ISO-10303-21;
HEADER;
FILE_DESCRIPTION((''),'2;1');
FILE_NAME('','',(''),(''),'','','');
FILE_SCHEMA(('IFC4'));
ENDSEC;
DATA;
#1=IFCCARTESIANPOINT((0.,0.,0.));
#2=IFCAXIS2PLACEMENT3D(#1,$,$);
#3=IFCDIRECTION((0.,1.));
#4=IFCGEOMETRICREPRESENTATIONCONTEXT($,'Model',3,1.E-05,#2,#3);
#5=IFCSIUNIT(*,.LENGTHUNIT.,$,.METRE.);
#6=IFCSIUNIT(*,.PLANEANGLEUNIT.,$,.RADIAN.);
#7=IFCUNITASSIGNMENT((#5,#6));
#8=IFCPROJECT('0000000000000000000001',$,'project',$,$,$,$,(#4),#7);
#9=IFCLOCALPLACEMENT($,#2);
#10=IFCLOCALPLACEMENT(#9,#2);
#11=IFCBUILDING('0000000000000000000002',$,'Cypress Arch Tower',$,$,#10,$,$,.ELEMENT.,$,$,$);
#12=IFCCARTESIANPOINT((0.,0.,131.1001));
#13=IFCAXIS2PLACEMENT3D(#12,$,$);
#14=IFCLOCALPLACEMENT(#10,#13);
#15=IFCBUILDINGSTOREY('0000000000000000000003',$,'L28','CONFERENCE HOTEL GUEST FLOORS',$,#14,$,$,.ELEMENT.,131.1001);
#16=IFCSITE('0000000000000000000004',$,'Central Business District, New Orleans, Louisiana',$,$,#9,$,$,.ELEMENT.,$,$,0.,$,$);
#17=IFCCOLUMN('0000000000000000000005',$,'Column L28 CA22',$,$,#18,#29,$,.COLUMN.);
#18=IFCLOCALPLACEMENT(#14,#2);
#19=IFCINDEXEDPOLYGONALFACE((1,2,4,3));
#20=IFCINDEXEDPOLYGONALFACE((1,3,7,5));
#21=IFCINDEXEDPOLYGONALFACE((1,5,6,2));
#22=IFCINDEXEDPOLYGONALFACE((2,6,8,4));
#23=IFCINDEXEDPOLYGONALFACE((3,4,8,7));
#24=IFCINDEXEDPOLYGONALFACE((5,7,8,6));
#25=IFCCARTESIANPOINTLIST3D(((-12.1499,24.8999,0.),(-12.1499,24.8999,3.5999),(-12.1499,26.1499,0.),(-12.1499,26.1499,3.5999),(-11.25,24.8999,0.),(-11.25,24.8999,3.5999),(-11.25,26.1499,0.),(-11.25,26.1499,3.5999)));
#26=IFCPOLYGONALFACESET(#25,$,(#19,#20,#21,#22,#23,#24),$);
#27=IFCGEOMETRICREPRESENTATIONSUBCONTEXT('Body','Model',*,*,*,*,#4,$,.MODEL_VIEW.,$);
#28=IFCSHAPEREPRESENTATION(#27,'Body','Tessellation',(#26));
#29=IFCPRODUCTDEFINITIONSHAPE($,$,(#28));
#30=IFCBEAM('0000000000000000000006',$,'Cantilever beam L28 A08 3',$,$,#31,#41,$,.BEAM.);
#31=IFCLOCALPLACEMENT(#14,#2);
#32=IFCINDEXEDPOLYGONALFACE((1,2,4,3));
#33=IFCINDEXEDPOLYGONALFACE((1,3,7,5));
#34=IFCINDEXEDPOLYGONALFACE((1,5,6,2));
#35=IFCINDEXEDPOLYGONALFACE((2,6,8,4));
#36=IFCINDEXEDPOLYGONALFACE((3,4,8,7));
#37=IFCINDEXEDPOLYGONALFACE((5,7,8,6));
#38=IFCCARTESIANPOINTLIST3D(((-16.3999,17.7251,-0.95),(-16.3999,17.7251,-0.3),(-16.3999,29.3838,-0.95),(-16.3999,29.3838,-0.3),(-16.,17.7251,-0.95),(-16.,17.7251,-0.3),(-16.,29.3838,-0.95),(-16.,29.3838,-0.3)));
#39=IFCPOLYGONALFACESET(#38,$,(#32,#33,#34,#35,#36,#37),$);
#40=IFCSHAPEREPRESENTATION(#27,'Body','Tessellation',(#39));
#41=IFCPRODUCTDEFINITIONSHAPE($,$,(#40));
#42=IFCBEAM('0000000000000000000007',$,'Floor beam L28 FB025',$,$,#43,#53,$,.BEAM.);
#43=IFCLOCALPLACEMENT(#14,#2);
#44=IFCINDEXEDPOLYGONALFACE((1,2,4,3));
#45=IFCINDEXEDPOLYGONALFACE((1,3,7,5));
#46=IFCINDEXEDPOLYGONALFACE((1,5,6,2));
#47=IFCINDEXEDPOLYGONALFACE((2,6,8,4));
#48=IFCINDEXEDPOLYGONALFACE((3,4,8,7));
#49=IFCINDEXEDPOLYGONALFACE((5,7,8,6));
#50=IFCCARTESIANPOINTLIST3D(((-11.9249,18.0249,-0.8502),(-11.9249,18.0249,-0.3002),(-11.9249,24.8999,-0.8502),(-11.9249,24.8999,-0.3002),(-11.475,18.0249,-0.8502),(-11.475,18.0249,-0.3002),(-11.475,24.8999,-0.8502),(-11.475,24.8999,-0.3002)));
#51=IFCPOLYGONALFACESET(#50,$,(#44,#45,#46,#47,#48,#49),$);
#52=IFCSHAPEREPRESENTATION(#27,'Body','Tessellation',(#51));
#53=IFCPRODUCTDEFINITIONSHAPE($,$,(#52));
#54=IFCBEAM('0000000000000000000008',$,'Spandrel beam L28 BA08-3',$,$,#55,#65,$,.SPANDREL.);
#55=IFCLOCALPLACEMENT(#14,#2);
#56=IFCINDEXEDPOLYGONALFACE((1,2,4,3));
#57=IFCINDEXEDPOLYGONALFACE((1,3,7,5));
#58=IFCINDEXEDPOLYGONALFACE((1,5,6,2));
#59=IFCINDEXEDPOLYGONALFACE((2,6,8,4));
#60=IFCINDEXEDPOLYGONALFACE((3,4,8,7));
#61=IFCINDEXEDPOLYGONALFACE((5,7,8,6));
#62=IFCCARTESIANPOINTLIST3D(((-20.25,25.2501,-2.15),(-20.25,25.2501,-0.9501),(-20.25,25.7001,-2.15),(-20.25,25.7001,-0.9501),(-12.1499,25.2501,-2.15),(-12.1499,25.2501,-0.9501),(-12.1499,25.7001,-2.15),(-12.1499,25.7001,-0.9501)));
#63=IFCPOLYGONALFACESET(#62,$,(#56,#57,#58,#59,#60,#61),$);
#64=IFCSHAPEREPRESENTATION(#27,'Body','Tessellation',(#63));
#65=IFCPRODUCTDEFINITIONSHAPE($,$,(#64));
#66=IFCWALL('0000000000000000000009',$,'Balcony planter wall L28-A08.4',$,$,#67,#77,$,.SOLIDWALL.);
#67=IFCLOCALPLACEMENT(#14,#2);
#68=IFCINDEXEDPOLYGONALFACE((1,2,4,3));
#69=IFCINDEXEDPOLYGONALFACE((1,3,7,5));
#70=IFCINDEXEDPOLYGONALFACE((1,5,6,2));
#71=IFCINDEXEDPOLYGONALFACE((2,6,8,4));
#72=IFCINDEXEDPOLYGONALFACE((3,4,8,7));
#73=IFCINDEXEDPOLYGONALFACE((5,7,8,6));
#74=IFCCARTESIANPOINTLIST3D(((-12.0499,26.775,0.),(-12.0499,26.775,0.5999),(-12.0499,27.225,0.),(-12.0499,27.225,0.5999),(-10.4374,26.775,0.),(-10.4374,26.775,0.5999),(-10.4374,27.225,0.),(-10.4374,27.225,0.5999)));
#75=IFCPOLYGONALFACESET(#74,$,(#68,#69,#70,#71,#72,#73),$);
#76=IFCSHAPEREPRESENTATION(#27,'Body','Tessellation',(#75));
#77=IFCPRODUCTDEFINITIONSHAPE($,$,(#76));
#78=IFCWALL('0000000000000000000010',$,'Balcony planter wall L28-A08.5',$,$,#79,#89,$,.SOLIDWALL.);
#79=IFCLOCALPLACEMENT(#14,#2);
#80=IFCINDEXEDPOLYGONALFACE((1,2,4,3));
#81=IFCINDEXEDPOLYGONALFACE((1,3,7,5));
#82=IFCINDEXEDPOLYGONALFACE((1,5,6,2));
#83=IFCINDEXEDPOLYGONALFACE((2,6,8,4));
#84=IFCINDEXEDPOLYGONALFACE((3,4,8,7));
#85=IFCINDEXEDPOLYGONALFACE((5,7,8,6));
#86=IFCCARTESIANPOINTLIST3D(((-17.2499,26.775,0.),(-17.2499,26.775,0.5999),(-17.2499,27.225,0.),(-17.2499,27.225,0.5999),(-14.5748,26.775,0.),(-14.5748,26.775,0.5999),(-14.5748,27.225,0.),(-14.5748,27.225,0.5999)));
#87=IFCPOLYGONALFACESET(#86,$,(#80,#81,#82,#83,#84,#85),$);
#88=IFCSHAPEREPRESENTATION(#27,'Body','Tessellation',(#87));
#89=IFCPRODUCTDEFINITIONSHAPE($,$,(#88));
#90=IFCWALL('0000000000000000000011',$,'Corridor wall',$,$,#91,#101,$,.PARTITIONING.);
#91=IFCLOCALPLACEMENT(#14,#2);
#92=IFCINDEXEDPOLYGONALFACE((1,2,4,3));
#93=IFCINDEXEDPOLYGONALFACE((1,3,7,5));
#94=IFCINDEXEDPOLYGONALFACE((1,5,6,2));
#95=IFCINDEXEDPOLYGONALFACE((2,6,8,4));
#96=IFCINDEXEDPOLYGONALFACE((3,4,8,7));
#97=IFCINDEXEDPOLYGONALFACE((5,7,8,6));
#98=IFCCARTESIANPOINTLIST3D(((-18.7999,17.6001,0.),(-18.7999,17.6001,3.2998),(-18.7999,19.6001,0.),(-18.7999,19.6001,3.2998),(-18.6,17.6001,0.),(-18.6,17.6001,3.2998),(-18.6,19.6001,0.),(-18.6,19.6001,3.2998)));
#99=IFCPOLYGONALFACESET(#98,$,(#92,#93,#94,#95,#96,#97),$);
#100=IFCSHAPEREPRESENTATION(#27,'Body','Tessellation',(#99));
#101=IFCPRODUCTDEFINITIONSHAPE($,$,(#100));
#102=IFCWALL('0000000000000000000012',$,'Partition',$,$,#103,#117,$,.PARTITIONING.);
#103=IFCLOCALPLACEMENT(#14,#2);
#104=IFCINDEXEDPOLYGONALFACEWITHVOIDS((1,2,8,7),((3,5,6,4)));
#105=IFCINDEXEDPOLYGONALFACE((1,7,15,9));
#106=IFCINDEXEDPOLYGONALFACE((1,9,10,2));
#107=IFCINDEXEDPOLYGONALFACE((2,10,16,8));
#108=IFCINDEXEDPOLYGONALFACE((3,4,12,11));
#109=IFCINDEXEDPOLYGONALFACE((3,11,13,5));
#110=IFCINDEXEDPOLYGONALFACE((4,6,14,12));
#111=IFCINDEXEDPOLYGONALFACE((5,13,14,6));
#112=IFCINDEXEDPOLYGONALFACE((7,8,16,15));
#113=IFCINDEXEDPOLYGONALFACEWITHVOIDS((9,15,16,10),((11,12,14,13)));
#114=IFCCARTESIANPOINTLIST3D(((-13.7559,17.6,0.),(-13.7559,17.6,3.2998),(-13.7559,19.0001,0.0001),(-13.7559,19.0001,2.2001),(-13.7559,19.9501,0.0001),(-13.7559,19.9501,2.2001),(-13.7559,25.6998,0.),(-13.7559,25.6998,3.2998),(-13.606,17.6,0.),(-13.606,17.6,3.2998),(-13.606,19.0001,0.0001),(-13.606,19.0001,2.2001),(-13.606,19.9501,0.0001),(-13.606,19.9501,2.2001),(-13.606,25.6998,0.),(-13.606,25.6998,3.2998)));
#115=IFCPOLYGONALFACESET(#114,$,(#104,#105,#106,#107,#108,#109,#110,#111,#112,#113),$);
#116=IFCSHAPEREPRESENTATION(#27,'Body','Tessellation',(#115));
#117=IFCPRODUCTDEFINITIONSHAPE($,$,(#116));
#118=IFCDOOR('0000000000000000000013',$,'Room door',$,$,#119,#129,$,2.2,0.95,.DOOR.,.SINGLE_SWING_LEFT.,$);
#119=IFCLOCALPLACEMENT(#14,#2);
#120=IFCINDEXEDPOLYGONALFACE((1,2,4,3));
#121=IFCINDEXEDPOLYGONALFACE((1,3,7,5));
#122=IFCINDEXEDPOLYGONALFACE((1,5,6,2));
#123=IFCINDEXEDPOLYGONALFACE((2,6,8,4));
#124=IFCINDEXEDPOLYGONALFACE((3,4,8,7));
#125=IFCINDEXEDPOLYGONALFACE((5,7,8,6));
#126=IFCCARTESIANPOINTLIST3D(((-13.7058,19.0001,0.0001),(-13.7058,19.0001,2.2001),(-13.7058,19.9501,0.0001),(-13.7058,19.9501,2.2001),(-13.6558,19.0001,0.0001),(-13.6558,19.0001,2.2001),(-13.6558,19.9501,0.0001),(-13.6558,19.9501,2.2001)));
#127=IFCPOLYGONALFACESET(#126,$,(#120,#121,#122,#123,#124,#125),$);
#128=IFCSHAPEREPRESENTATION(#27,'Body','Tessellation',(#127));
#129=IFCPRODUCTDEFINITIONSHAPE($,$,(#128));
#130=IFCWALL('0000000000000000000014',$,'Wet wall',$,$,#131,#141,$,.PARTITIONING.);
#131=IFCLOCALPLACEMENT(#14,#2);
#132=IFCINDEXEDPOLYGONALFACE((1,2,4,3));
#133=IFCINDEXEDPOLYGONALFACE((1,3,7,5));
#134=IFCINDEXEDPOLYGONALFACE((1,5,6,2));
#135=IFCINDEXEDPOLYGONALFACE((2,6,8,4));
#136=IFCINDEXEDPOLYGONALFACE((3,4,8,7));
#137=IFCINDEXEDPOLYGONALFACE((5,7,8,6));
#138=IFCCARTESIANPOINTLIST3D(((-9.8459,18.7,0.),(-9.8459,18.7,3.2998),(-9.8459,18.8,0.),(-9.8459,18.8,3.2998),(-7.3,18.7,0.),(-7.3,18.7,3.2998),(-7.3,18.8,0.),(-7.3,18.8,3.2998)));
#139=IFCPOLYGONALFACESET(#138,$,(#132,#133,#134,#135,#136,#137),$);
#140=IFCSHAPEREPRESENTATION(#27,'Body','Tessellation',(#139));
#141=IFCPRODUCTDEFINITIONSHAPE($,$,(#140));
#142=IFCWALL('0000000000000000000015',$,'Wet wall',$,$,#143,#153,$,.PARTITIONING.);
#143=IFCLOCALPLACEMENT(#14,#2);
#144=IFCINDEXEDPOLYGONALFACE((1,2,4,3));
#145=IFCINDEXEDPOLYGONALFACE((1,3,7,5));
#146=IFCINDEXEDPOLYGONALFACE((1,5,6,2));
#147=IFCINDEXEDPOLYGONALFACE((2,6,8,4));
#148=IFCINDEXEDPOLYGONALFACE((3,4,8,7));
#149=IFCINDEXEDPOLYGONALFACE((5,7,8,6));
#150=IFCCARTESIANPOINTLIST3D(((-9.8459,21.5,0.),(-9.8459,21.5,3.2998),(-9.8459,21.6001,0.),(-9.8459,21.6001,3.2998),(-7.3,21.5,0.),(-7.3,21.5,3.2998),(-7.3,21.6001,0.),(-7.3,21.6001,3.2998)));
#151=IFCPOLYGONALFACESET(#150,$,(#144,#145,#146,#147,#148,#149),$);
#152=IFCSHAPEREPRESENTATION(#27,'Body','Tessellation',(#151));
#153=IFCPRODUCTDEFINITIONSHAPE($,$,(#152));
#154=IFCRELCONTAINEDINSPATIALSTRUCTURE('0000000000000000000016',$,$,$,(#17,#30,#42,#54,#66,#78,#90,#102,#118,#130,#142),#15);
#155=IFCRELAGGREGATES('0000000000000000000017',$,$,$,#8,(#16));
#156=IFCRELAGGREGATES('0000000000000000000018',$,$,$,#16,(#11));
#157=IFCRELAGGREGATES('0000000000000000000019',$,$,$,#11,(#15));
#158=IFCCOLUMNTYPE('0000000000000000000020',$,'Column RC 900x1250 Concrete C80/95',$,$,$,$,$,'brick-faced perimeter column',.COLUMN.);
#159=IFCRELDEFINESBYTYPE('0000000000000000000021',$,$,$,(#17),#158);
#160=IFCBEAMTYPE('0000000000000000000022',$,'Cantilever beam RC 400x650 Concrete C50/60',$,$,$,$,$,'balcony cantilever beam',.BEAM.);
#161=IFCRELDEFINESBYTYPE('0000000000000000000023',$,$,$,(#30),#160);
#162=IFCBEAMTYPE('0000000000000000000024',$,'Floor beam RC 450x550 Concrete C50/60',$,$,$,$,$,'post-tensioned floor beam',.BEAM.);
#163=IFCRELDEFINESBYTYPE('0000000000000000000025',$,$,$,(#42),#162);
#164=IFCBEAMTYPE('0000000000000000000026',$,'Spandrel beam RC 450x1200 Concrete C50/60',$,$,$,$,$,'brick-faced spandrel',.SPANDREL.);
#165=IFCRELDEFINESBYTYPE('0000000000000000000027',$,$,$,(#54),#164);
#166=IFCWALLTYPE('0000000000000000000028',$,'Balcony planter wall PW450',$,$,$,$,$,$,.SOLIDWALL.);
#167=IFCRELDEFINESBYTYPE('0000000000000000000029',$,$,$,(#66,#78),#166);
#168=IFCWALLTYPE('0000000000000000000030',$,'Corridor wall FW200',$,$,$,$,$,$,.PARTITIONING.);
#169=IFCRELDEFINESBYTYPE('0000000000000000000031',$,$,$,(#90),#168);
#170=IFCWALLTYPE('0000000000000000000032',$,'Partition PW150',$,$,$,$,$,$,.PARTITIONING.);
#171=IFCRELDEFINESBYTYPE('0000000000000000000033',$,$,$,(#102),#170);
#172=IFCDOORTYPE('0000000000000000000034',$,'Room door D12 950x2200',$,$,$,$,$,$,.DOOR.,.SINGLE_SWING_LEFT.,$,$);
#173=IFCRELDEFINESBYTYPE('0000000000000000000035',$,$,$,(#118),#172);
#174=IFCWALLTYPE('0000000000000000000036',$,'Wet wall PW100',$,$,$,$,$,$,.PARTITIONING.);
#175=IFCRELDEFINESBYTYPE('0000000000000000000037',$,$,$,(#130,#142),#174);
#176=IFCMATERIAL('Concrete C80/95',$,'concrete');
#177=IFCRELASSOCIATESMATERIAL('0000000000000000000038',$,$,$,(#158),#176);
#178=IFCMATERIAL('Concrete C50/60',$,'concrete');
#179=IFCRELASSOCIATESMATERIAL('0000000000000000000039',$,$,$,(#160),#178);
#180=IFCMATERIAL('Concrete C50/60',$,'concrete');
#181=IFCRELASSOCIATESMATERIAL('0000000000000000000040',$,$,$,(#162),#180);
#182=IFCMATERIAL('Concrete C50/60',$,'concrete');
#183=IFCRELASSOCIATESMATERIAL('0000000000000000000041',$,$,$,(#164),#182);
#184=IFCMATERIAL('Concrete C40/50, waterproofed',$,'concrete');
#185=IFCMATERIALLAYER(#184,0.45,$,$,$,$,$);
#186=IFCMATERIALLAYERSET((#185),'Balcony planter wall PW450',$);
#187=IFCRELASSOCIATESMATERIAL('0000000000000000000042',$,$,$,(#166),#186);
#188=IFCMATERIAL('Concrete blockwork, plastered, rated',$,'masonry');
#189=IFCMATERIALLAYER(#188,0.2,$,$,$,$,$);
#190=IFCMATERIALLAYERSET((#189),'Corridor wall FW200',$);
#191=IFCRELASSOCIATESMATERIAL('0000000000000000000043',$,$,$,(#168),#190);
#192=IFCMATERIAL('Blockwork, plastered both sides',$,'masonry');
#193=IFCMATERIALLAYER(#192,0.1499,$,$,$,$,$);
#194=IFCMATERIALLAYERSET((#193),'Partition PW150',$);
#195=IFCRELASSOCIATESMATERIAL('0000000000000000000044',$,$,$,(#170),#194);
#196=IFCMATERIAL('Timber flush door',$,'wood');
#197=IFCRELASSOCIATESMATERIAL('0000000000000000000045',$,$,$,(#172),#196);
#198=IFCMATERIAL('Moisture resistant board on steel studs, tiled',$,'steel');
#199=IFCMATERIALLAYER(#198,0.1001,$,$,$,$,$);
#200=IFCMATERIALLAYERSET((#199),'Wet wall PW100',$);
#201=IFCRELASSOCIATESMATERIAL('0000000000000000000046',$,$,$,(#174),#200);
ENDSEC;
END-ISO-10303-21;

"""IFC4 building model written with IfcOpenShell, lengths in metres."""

from ifc_helpers import new_model, si_unit, direction, frame, frame_2d, origin, origin_2d, place, context, subcontext, project, spatial, rectangle, extrude, material, layer, layer_set, material_profile, profile_set, type_object, element, fill, save


model = new_model("IFC4")

# Units and contexts
model_context = context("Model", 3, precision=1e-05, world=origin(), true_north=direction((0.0, 1.0)))
body_context = subcontext(model_context, "Body", "Model", "MODEL_VIEW")
ifc_project = project(units=[si_unit("LENGTHUNIT", "METRE"), si_unit("PLANEANGLEUNIT", "RADIAN")], contexts=[model_context])

# Site, building, storey
site_placement = place(None, origin())
site = spatial("IfcSite", under=ifc_project, at=site_placement, Name="Central Business District, New Orleans, Louisiana", CompositionType="ELEMENT", RefElevation=0.0)
building_placement = place(site_placement, origin())
building = spatial("IfcBuilding", under=site, at=building_placement, Name="Cypress Arch Tower", CompositionType="ELEMENT")
storey_placement = place(building_placement, frame((0.0, 0.0, 131.1001)))
storey = spatial("IfcBuildingStorey", under=building, at=storey_placement, Name="L28", Description="CONFERENCE HOTEL GUEST FLOORS", CompositionType="ELEMENT", Elevation=131.1001)

# Column
ifc_material_1 = material(Name="Concrete C80/95", Category="concrete")
ifc_material_profile_1 = material_profile(ifc_material_1, rectangle(XDim=0.8999, YDim=1.25, at=origin_2d()), Name="RC 900x1250")
ifc_profile_set_1 = profile_set([ifc_material_profile_1], Name="Concrete C80/95")
column_type = type_object("IfcColumnType", Name="Column RC 900x1250 Concrete C80/95", ElementType="brick-faced perimeter column", PredefinedType="COLUMN", material=ifc_profile_set_1)
column_placement = place(storey_placement, frame((-11.7, 25.5249, 0.0), z_axis=(0.0, 0.0, 1.0), x_axis=(-1.0, 0.0, 0.0)))
element("IfcColumn", 1, at=column_placement, inside=storey, type_object=column_type, Name="Column L28 CA22", PredefinedType="COLUMN", context=body_context, shape_type="SweptSolid", body=[
    extrude(rectangle(XDim=0.8999, YDim=1.25, at=origin_2d()), origin(), (0.0, 0.0, 1.0), 3.5999),
])

# Beams
ifc_material_2 = material(Name="Concrete C50/60", Category="concrete")
ifc_material_profile_2 = material_profile(ifc_material_2, rectangle(XDim=0.3999, YDim=0.6499, at=origin_2d()), Name="RC 400x650")
ifc_profile_set_2 = profile_set([ifc_material_profile_2], Name="Concrete C50/60")
beam_type_1 = type_object("IfcBeamType", Name="Cantilever beam RC 400x650 Concrete C50/60", ElementType="balcony cantilever beam", PredefinedType="BEAM", material=ifc_profile_set_2)
beam_1_placement = place(storey_placement, frame((-16.2, 17.7251, -0.625), z_axis=(0.0, 1.0, 0.0), x_axis=(-1.0, 0.0, 0.0)))
element("IfcBeam", 2, at=beam_1_placement, inside=storey, type_object=beam_type_1, Name="Cantilever beam L28 A08 3", PredefinedType="BEAM", context=body_context, shape_type="SweptSolid", body=[
    extrude(rectangle(XDim=0.3999, YDim=0.6499, at=origin_2d()), origin(), (0.0, 0.0, 1.0), 11.6587),
])
ifc_material_3 = material(Name="Concrete C50/60", Category="concrete")
ifc_material_profile_3 = material_profile(ifc_material_3, rectangle(XDim=0.45, YDim=0.55, at=origin_2d()), Name="RC 450x550")
ifc_profile_set_3 = profile_set([ifc_material_profile_3], Name="Concrete C50/60")
beam_type_2 = type_object("IfcBeamType", Name="Floor beam RC 450x550 Concrete C50/60", ElementType="post-tensioned floor beam", PredefinedType="BEAM", material=ifc_profile_set_3)
beam_2_placement = place(storey_placement, frame((-11.7, 18.0249, -0.5752), z_axis=(0.0, 1.0, 0.0), x_axis=(-1.0, 0.0, 0.0)))
element("IfcBeam", 3, at=beam_2_placement, inside=storey, type_object=beam_type_2, Name="Floor beam L28 FB025", PredefinedType="BEAM", context=body_context, shape_type="SweptSolid", body=[
    extrude(rectangle(XDim=0.45, YDim=0.55, at=origin_2d()), origin(), (0.0, 0.0, 1.0), 6.875),
])
ifc_material_4 = material(Name="Concrete C50/60", Category="concrete")
ifc_material_profile_4 = material_profile(ifc_material_4, rectangle(XDim=0.45, YDim=1.2, at=origin_2d()), Name="RC 450x1200")
ifc_profile_set_4 = profile_set([ifc_material_profile_4], Name="Concrete C50/60")
beam_type_3 = type_object("IfcBeamType", Name="Spandrel beam RC 450x1200 Concrete C50/60", ElementType="brick-faced spandrel", PredefinedType="SPANDREL", material=ifc_profile_set_4)
beam_3_placement = place(storey_placement, frame((-12.1499, 25.4751, -1.55), z_axis=(-1.0, 0.0, 0.0), x_axis=(0.0, -1.0, 0.0)))
element("IfcBeam", 4, at=beam_3_placement, inside=storey, type_object=beam_type_3, Name="Spandrel beam L28 BA08-3", PredefinedType="SPANDREL", context=body_context, shape_type="SweptSolid", body=[
    extrude(rectangle(XDim=0.45, YDim=1.2, at=origin_2d()), origin(), (0.0, 0.0, 1.0), 8.1001),
])

# Walls
ifc_material_5 = material(Name="Concrete C40/50, waterproofed", Category="concrete")
ifc_layer_1 = layer(ifc_material_5, 0.45)
ifc_layer_set_1 = layer_set([ifc_layer_1], Name="Balcony planter wall PW450")
wall_type_1 = type_object("IfcWallType", Name="Balcony planter wall PW450", PredefinedType="SOLIDWALL", material=ifc_layer_set_1)
wall_1_placement = place(storey_placement, frame((-10.4375, 27.0, 0.0), z_axis=(0.0, 0.0, 1.0), x_axis=(-1.0, 0.0, 0.0)))
element("IfcWall", 5, at=wall_1_placement, inside=storey, type_object=wall_type_1, Name="Balcony planter wall L28-A08.4", PredefinedType="SOLIDWALL", context=body_context, shape_type="SweptSolid", body=[
    extrude(rectangle(XDim=1.6125, YDim=0.45, at=frame_2d((0.8062, 0.0))), origin(), (0.0, 0.0, 1.0), 0.5999),
])
wall_2_placement = place(storey_placement, frame((-14.575, 27.0, 0.0), z_axis=(0.0, 0.0, 1.0), x_axis=(-1.0, 0.0, 0.0)))
element("IfcWall", 6, at=wall_2_placement, inside=storey, type_object=wall_type_1, Name="Balcony planter wall L28-A08.5", PredefinedType="SOLIDWALL", context=body_context, shape_type="SweptSolid", body=[
    extrude(rectangle(XDim=2.675, YDim=0.45, at=frame_2d((1.3374, 0.0))), origin(), (0.0, 0.0, 1.0), 0.5999),
])

# Wall
ifc_material_6 = material(Name="Concrete blockwork, plastered, rated", Category="masonry")
ifc_layer_2 = layer(ifc_material_6, 0.2)
ifc_layer_set_2 = layer_set([ifc_layer_2], Name="Corridor wall FW200")
wall_type_2 = type_object("IfcWallType", Name="Corridor wall FW200", PredefinedType="PARTITIONING", material=ifc_layer_set_2)
wall_3_placement = place(storey_placement, frame((-18.7, 17.6001, 0.0), z_axis=(0.0, 0.0, 1.0), x_axis=(0.0, 1.0, 0.0)))
element("IfcWall", 7, at=wall_3_placement, inside=storey, type_object=wall_type_2, Name="Corridor wall", PredefinedType="PARTITIONING", context=body_context, shape_type="SweptSolid", body=[
    extrude(rectangle(XDim=2.0, YDim=0.2, at=frame_2d((1.0, 0.0))), origin(), (0.0, 0.0, 1.0), 3.2998),
])

# Wall, opening, door
ifc_material_7 = material(Name="Blockwork, plastered both sides", Category="masonry")
ifc_layer_3 = layer(ifc_material_7, 0.1499)
ifc_layer_set_3 = layer_set([ifc_layer_3], Name="Partition PW150")
wall_type_3 = type_object("IfcWallType", Name="Partition PW150", PredefinedType="PARTITIONING", material=ifc_layer_set_3)
wall_4_placement = place(storey_placement, frame((-13.6809, 17.6001, 0.0), z_axis=(0.0, 0.0, 1.0), x_axis=(0.0, 1.0, 0.0)))
wall_4 = element("IfcWall", 8, at=wall_4_placement, inside=storey, type_object=wall_type_3, Name="Partition", PredefinedType="PARTITIONING", context=body_context, shape_type="SweptSolid", body=[
    extrude(rectangle(XDim=8.0999, YDim=0.1499, at=frame_2d((4.0498, 0.0))), origin(), (0.0, 0.0, 1.0), 3.2998),
])
opening_1_placement = place(wall_4_placement, frame((1.3999, 0.0, 0.0)))
opening_1 = element("IfcOpeningElement", 9, at=opening_1_placement, cuts=wall_4, PredefinedType="OPENING", context=body_context, shape_type="SweptSolid", body=[
    extrude(rectangle(XDim=0.95, YDim=2.2, at=frame_2d((0.4751, 1.1001))), frame((0.0, 0.085, 0.0), z_axis=(0.0, -1.0, 0.0), x_axis=(1.0, 0.0, 0.0)), (0.0, 0.0, 1.0), 0.1699),
])
ifc_material_8 = material(Name="Timber flush door", Category="wood")
door_type_1 = type_object("IfcDoorType", Name="Room door D12 950x2200", OperationType="SINGLE_SWING_LEFT", PredefinedType="DOOR", material=ifc_material_8)
door_1_placement = place(opening_1_placement, origin())
door_1 = element("IfcDoor", 10, at=door_1_placement, inside=storey, type_object=door_type_1, Name="Room door", OperationType="SINGLE_SWING_LEFT", OverallHeight=2.2, OverallWidth=0.95, PredefinedType="DOOR", context=body_context, shape_type="SweptSolid", body=[
    extrude(rectangle(XDim=0.95, YDim=2.2, at=frame_2d((0.4751, 1.1001))), frame((0.0, 0.0249, 0.0), z_axis=(0.0, -1.0, 0.0), x_axis=(1.0, 0.0, 0.0)), (0.0, 0.0, 1.0), 0.05),
])
fill(opening_1, door_1)

# Walls
ifc_material_9 = material(Name="Moisture resistant board on steel studs, tiled", Category="steel")
ifc_layer_4 = layer(ifc_material_9, 0.1001)
ifc_layer_set_4 = layer_set([ifc_layer_4], Name="Wet wall PW100")
wall_type_4 = type_object("IfcWallType", Name="Wet wall PW100", PredefinedType="PARTITIONING", material=ifc_layer_set_4)
for number, where, z_axis, x_axis, name in (
    (11, (-9.8459, 18.75, 0.0), (0.0, 0.0, 1.0), (1.0, 0.0, 0.0), "Wet wall"),
    (12, (-9.8459, 21.55, 0.0), (0.0, 0.0, 1.0), (1.0, 0.0, 0.0), "Wet wall"),
):
    element("IfcWall", number, at=place(storey_placement, frame(where, z_axis=z_axis, x_axis=x_axis)), inside=storey, type_object=wall_type_4, Name=name, PredefinedType="PARTITIONING", context=body_context, shape_type="SweptSolid", body=[
        extrude(rectangle(XDim=2.5459, YDim=0.1001, at=frame_2d((1.2729, 0.0))), origin(), (0.0, 0.0, 1.0), 3.2998),
    ])

save(model, "model.ifc")
